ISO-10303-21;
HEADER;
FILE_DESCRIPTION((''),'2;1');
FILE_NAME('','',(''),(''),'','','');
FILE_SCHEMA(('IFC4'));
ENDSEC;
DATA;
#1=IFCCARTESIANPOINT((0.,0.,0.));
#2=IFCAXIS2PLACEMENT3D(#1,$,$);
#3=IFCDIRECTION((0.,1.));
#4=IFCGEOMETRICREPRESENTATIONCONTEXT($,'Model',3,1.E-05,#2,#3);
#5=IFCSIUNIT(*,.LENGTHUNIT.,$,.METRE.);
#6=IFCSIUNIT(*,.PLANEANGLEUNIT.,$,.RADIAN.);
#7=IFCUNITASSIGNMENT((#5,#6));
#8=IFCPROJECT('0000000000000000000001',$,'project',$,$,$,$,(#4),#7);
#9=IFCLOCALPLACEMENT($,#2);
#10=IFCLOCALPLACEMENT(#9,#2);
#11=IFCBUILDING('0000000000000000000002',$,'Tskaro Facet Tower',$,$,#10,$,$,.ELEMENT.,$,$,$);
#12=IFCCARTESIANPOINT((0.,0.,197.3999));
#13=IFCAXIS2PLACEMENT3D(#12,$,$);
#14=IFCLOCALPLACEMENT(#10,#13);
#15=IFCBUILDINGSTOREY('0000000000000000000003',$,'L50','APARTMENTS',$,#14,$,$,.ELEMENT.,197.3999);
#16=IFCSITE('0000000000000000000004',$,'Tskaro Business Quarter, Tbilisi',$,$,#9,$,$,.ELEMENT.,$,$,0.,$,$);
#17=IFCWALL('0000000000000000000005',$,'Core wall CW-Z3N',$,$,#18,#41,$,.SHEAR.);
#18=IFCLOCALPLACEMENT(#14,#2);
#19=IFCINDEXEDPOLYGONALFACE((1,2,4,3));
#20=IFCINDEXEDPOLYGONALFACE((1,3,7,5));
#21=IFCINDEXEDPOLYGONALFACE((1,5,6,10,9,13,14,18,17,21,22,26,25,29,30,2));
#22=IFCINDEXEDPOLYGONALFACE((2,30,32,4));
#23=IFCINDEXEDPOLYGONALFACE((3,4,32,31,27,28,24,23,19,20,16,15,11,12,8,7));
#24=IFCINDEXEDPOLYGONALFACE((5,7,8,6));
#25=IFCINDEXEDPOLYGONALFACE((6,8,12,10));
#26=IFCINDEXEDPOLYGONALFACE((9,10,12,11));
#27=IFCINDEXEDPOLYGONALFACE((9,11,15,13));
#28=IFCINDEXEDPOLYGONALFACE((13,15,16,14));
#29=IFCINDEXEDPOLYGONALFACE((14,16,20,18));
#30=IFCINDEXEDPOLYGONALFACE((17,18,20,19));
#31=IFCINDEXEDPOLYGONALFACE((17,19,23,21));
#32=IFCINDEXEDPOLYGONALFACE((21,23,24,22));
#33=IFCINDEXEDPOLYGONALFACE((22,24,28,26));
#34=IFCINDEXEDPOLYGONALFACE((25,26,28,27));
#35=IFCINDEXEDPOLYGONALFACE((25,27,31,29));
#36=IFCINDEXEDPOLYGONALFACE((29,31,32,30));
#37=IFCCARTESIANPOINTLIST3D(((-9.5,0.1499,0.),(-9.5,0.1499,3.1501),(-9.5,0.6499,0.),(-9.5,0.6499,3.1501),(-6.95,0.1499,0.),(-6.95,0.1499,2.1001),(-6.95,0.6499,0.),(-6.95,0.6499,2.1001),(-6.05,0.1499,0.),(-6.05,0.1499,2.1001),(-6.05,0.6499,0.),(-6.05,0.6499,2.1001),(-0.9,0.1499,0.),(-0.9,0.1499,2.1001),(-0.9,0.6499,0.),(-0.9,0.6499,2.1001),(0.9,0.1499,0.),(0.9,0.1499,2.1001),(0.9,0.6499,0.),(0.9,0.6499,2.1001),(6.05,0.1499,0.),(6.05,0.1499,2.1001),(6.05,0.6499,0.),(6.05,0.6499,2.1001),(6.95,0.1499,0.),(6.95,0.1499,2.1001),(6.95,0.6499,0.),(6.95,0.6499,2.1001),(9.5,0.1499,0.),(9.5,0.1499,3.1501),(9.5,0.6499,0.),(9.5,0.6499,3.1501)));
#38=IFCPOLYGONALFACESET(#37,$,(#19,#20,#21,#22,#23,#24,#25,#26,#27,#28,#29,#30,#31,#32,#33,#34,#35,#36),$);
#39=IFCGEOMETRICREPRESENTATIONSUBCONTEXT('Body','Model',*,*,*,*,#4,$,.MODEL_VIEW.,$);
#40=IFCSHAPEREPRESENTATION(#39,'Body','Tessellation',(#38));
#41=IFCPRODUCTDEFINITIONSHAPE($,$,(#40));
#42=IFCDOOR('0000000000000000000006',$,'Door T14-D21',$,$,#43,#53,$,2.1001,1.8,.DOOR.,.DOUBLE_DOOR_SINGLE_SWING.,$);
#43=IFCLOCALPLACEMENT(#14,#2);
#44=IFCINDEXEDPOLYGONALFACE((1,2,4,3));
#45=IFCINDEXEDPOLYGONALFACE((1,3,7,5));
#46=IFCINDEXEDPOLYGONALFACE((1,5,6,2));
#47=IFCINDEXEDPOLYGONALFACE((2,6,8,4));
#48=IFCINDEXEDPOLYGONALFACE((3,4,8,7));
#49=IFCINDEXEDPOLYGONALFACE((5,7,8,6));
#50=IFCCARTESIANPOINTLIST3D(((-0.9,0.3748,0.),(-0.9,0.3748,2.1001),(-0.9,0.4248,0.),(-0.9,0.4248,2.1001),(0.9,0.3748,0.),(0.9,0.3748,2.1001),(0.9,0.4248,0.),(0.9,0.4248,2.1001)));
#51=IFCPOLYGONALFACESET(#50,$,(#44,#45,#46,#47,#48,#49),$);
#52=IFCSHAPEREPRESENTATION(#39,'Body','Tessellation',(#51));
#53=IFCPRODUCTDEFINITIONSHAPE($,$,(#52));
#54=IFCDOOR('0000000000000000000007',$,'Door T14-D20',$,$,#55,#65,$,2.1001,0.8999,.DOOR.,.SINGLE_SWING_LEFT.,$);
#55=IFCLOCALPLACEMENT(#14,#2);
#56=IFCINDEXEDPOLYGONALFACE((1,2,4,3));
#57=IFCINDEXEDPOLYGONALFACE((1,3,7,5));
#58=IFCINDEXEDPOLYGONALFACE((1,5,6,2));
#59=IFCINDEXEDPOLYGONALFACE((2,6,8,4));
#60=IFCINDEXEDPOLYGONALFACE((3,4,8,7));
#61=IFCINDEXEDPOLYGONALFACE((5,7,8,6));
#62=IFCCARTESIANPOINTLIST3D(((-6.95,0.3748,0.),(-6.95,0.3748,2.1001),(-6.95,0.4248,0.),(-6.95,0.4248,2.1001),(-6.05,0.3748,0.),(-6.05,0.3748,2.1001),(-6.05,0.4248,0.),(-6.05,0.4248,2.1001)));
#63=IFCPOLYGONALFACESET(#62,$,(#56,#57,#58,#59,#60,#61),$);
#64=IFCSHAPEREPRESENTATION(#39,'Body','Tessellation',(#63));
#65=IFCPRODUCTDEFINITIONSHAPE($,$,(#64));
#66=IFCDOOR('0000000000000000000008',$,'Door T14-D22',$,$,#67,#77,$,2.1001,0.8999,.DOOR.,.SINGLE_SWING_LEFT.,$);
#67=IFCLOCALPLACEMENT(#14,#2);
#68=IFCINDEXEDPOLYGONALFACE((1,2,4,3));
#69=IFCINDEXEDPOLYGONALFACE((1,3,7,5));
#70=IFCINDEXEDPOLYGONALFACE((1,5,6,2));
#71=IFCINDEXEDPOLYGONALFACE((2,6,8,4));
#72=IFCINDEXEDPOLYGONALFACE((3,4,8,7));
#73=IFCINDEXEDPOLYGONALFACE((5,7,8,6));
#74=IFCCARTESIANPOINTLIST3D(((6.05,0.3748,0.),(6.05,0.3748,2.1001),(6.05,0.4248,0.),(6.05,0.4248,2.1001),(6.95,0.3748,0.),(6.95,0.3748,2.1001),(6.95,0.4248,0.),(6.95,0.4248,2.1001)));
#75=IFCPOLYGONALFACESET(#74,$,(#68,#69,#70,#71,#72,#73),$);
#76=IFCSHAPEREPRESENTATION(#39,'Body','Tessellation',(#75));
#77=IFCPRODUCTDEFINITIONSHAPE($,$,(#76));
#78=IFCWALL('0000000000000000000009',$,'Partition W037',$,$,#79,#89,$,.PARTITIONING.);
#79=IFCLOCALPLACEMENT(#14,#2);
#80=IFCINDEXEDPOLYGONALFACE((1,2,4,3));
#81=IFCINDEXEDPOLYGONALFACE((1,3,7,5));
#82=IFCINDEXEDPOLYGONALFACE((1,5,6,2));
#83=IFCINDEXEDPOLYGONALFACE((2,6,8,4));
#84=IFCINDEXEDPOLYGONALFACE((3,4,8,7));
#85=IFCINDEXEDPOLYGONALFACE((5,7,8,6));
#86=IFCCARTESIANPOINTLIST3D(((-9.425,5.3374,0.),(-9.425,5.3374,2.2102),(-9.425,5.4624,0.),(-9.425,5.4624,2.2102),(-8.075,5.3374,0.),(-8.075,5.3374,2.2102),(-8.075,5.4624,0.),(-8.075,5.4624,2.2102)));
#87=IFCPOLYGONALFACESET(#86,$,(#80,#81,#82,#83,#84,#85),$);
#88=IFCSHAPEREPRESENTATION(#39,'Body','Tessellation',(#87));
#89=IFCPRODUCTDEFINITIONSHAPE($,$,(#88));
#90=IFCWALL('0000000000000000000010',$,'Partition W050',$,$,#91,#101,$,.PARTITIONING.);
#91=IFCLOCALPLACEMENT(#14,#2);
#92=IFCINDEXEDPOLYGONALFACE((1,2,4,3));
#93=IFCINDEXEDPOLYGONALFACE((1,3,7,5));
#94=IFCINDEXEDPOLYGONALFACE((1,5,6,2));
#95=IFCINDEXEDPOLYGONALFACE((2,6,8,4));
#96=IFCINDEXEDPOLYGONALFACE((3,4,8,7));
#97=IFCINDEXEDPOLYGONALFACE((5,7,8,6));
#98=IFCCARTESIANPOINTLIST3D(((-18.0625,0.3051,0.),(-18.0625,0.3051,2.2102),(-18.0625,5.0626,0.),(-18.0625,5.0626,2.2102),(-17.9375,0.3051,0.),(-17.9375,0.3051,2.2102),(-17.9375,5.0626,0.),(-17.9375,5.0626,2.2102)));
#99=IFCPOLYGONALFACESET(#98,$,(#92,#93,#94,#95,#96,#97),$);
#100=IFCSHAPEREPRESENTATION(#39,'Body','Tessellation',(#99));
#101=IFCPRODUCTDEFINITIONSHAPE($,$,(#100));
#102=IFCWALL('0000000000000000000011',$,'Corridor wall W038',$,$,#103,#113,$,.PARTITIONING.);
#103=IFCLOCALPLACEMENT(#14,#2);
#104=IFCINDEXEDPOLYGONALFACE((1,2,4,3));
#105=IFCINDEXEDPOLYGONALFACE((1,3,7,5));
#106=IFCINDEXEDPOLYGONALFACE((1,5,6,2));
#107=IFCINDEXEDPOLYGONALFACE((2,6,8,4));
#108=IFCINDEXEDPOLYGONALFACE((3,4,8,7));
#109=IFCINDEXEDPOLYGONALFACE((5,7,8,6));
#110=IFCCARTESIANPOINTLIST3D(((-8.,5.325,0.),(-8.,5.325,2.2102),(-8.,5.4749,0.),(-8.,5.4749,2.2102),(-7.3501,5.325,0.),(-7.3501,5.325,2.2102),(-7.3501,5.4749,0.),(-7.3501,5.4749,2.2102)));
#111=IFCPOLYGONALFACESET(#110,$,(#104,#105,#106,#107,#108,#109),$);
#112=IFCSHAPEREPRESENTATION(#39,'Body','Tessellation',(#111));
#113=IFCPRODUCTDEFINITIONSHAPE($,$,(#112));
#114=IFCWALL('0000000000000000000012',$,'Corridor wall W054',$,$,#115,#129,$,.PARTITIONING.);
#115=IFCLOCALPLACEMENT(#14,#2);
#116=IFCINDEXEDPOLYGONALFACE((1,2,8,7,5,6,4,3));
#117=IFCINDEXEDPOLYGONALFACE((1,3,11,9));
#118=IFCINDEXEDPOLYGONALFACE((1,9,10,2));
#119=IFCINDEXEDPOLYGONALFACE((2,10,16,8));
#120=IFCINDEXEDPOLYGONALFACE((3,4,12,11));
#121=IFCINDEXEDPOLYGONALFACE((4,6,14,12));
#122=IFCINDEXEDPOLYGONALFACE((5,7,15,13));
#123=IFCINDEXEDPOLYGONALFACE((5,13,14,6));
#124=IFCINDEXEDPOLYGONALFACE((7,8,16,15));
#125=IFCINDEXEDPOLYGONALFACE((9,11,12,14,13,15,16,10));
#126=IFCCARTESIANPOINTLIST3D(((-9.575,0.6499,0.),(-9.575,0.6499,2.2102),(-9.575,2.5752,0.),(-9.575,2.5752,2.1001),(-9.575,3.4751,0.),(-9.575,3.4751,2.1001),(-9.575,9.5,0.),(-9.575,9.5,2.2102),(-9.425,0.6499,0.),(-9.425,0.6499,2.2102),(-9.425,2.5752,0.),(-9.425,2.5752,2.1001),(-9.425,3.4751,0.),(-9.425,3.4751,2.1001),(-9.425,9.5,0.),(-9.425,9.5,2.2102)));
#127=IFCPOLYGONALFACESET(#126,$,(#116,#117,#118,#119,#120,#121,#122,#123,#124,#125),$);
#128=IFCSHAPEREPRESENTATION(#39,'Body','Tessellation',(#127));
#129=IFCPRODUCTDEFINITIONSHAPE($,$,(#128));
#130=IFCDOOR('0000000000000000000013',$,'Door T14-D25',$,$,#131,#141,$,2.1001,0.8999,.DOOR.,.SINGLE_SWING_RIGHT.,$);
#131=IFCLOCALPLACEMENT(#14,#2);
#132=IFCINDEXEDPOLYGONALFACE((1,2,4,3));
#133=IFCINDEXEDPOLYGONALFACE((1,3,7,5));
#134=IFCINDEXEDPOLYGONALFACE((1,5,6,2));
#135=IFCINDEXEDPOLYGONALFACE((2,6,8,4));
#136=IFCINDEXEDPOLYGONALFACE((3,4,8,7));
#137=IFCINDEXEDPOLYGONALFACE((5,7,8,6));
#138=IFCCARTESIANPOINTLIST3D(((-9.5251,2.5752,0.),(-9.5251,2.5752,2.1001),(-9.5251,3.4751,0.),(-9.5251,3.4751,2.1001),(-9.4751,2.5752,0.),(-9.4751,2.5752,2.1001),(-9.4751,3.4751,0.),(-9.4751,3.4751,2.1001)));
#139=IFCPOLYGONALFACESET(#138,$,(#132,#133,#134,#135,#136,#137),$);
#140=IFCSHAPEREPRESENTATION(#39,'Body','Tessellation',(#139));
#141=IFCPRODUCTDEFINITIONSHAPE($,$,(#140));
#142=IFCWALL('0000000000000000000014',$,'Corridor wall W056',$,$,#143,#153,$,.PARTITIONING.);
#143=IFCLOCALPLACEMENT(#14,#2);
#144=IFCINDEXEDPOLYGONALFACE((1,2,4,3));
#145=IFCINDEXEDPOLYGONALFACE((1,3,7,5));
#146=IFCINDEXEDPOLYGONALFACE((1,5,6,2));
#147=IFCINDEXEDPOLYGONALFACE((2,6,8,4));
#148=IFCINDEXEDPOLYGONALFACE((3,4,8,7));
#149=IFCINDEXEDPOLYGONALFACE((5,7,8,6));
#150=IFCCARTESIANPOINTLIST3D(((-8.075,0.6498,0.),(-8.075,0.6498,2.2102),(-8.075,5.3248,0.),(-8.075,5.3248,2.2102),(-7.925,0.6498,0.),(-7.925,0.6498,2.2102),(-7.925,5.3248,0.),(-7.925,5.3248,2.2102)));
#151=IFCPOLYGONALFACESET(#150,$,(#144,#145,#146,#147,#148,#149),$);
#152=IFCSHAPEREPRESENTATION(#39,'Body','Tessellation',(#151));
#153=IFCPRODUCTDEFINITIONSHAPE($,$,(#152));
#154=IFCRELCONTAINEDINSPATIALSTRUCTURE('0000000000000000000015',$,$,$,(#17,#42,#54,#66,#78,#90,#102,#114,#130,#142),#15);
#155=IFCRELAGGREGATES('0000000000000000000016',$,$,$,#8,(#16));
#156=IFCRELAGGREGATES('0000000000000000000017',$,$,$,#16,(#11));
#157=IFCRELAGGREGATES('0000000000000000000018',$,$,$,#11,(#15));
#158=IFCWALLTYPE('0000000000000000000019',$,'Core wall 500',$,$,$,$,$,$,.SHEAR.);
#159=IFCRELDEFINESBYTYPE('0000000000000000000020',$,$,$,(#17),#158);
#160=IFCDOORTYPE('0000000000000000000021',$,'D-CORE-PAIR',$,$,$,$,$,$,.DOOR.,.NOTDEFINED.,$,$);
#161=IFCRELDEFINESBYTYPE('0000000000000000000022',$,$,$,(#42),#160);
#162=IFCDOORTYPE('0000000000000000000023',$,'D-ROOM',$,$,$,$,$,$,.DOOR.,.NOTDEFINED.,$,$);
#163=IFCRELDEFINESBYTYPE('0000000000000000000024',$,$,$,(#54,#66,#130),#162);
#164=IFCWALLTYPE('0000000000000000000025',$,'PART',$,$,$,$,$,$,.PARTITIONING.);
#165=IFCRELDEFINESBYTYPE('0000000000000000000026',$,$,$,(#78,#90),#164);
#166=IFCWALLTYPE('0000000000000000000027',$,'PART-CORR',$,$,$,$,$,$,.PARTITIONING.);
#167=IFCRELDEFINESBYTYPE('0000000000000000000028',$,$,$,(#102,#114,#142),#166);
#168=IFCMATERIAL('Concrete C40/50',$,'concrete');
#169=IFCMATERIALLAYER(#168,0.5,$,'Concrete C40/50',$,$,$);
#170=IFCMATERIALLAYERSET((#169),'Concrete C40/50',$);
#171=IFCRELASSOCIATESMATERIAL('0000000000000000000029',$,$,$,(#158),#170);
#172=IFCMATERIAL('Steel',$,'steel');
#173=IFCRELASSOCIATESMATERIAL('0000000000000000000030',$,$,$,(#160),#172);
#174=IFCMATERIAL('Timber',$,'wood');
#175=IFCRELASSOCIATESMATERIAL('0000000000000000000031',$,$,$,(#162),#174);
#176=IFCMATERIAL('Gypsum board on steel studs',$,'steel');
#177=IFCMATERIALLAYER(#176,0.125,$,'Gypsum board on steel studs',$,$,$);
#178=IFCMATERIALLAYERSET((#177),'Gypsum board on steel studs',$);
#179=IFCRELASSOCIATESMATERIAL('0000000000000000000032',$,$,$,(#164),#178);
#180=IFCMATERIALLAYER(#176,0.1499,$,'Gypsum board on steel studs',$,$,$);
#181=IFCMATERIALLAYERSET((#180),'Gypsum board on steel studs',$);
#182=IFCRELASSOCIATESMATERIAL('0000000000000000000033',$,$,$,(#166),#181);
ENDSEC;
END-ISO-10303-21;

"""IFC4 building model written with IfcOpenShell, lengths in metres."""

from ifc_helpers import new_model, si_unit, direction, frame, frame_2d, origin, place, context, subcontext, project, spatial, rectangle, extrude, material, layer, layer_set, type_object, element, fill, save


model = new_model("IFC4")

# Units and contexts
model_context = context("Model", 3, precision=1e-05, world=origin(), true_north=direction((0.0, 1.0)))
body_context = subcontext(model_context, "Body", "Model", "MODEL_VIEW")
ifc_project = project(units=[si_unit("LENGTHUNIT", "METRE"), si_unit("PLANEANGLEUNIT", "RADIAN")], contexts=[model_context])

# Site, building, storey
site_placement = place(None, origin())
site = spatial("IfcSite", under=ifc_project, at=site_placement, Name="Tskaro Business Quarter, Tbilisi", CompositionType="ELEMENT", RefElevation=0.0)
building_placement = place(site_placement, origin())
building = spatial("IfcBuilding", under=site, at=building_placement, Name="Tskaro Facet Tower", CompositionType="ELEMENT")
storey_placement = place(building_placement, frame((0.0, 0.0, 197.3999)))
storey = spatial("IfcBuildingStorey", under=building, at=storey_placement, Name="L50", Description="APARTMENTS", CompositionType="ELEMENT", Elevation=197.3999)

# Wall, openings, doors
ifc_material_1 = material(Name="Concrete C40/50", Category="concrete")
ifc_layer_1 = layer(ifc_material_1, 0.5, Name="Concrete C40/50")
ifc_layer_set_1 = layer_set([ifc_layer_1], Name="Concrete C40/50")
wall_type_1 = type_object("IfcWallType", Name="Core wall 500", PredefinedType="SHEAR", material=ifc_layer_set_1)
wall_1_placement = place(storey_placement, frame((-9.5, 0.3999, 0.0), z_axis=(0.0, 0.0, 1.0), x_axis=(1.0, 0.0, 0.0)))
wall_1 = element("IfcWall", 1, at=wall_1_placement, inside=storey, type_object=wall_type_1, Name="Core wall CW-Z3N", PredefinedType="SHEAR", context=body_context, shape_type="SweptSolid", body=[
    extrude(rectangle(XDim=19.0, YDim=0.5, at=frame_2d((9.5, 0.0))), origin(), (0.0, 0.0, 1.0), 3.1501),
])
opening_1_placement = place(wall_1_placement, frame((8.6001, 0.0, 0.0)))
opening_1 = element("IfcOpeningElement", 2, at=opening_1_placement, cuts=wall_1, PredefinedType="OPENING", context=body_context, shape_type="SweptSolid", body=[
    extrude(rectangle(XDim=1.8, YDim=2.1001, at=frame_2d((0.8999, 1.05))), frame((0.0, 0.26, 0.0), z_axis=(0.0, -1.0, 0.0), x_axis=(1.0, 0.0, 0.0)), (0.0, 0.0, 1.0), 0.52),
])
opening_2_placement = place(wall_1_placement, frame((2.55, 0.0, 0.0)))
opening_2 = element("IfcOpeningElement", 3, at=opening_2_placement, cuts=wall_1, PredefinedType="OPENING", context=body_context, shape_type="SweptSolid", body=[
    extrude(rectangle(XDim=0.8999, YDim=2.1001, at=frame_2d((0.45, 1.05))), frame((0.0, 0.26, 0.0), z_axis=(0.0, -1.0, 0.0), x_axis=(1.0, 0.0, 0.0)), (0.0, 0.0, 1.0), 0.52),
])
opening_3_placement = place(wall_1_placement, frame((15.55, 0.0, 0.0)))
opening_3 = element("IfcOpeningElement", 4, at=opening_3_placement, cuts=wall_1, PredefinedType="OPENING", context=body_context, shape_type="SweptSolid", body=[
    extrude(rectangle(XDim=0.8999, YDim=2.1001, at=frame_2d((0.45, 1.05))), frame((0.0, 0.26, 0.0), z_axis=(0.0, -1.0, 0.0), x_axis=(1.0, 0.0, 0.0)), (0.0, 0.0, 1.0), 0.52),
])
ifc_material_2 = material(Name="Steel", Category="steel")
door_type_1 = type_object("IfcDoorType", Name="D-CORE-PAIR", OperationType="NOTDEFINED", PredefinedType="DOOR", material=ifc_material_2)
door_1_placement = place(opening_1_placement, origin())
door_1 = element("IfcDoor", 5, at=door_1_placement, inside=storey, type_object=door_type_1, Name="Door T14-D21", OperationType="DOUBLE_DOOR_SINGLE_SWING", OverallHeight=2.1001, OverallWidth=1.8, PredefinedType="DOOR", context=body_context, shape_type="SweptSolid", body=[
    extrude(rectangle(XDim=1.8, YDim=2.1001, at=frame_2d((0.8999, 1.05))), frame((0.0, 0.0249, 0.0), z_axis=(0.0, -1.0, 0.0), x_axis=(1.0, 0.0, 0.0)), (0.0, 0.0, 1.0), 0.05),
])
fill(opening_1, door_1)
ifc_material_3 = material(Name="Timber", Category="wood")
door_type_2 = type_object("IfcDoorType", Name="D-ROOM", OperationType="NOTDEFINED", PredefinedType="DOOR", material=ifc_material_3)
door_2_placement = place(opening_2_placement, origin())
door_2 = element("IfcDoor", 6, at=door_2_placement, inside=storey, type_object=door_type_2, Name="Door T14-D20", OperationType="SINGLE_SWING_LEFT", OverallHeight=2.1001, OverallWidth=0.8999, PredefinedType="DOOR", context=body_context, shape_type="SweptSolid", body=[
    extrude(rectangle(XDim=0.8999, YDim=2.1001, at=frame_2d((0.45, 1.05))), frame((0.0, 0.0249, 0.0), z_axis=(0.0, -1.0, 0.0), x_axis=(1.0, 0.0, 0.0)), (0.0, 0.0, 1.0), 0.05),
])
fill(opening_2, door_2)
door_3_placement = place(opening_3_placement, origin())
door_3 = element("IfcDoor", 7, at=door_3_placement, inside=storey, type_object=door_type_2, Name="Door T14-D22", OperationType="SINGLE_SWING_LEFT", OverallHeight=2.1001, OverallWidth=0.8999, PredefinedType="DOOR", context=body_context, shape_type="SweptSolid", body=[
    extrude(rectangle(XDim=0.8999, YDim=2.1001, at=frame_2d((0.45, 1.05))), frame((0.0, 0.0249, 0.0), z_axis=(0.0, -1.0, 0.0), x_axis=(1.0, 0.0, 0.0)), (0.0, 0.0, 1.0), 0.05),
])
fill(opening_3, door_3)

# Walls
ifc_material_4 = material(Name="Gypsum board on steel studs", Category="steel")
ifc_layer_2 = layer(ifc_material_4, 0.125, Name="Gypsum board on steel studs")
ifc_layer_set_2 = layer_set([ifc_layer_2], Name="Gypsum board on steel studs")
wall_type_2 = type_object("IfcWallType", Name="PART", PredefinedType="PARTITIONING", material=ifc_layer_set_2)
wall_2_placement = place(storey_placement, frame((-9.425, 5.3999, 0.0), z_axis=(0.0, 0.0, 1.0), x_axis=(1.0, 0.0, 0.0)))
element("IfcWall", 8, at=wall_2_placement, inside=storey, type_object=wall_type_2, Name="Partition W037", PredefinedType="PARTITIONING", context=body_context, shape_type="SweptSolid", body=[
    extrude(rectangle(XDim=1.3501, YDim=0.125, at=frame_2d((0.675, 0.0))), origin(), (0.0, 0.0, 1.0), 2.2102),
])
wall_3_placement = place(storey_placement, frame((-18.0, 0.3049, 0.0), z_axis=(0.0, 0.0, 1.0), x_axis=(0.0, 1.0, 0.0)))
element("IfcWall", 9, at=wall_3_placement, inside=storey, type_object=wall_type_2, Name="Partition W050", PredefinedType="PARTITIONING", context=body_context, shape_type="SweptSolid", body=[
    extrude(rectangle(XDim=4.7576, YDim=0.125, at=frame_2d((2.3789, 0.0))), origin(), (0.0, 0.0, 1.0), 2.2102),
])
ifc_layer_3 = layer(ifc_material_4, 0.1499, Name="Gypsum board on steel studs")
ifc_layer_set_3 = layer_set([ifc_layer_3], Name="Gypsum board on steel studs")
wall_type_3 = type_object("IfcWallType", Name="PART-CORR", PredefinedType="PARTITIONING", material=ifc_layer_set_3)
wall_4_placement = place(storey_placement, frame((-8.0, 5.3999, 0.0), z_axis=(0.0, 0.0, 1.0), x_axis=(1.0, 0.0, 0.0)))
element("IfcWall", 10, at=wall_4_placement, inside=storey, type_object=wall_type_3, Name="Corridor wall W038", PredefinedType="PARTITIONING", context=body_context, shape_type="SweptSolid", body=[
    extrude(rectangle(XDim=0.6499, YDim=0.1499, at=frame_2d((0.325, 0.0))), origin(), (0.0, 0.0, 1.0), 2.2102),
])

# Wall, opening, door
wall_5_placement = place(storey_placement, frame((-9.5, 9.5, 0.0), z_axis=(0.0, 0.0, 1.0), x_axis=(0.0, -1.0, 0.0)))
wall_5 = element("IfcWall", 11, at=wall_5_placement, inside=storey, type_object=wall_type_3, Name="Corridor wall W054", PredefinedType="PARTITIONING", context=body_context, shape_type="SweptSolid", body=[
    extrude(rectangle(XDim=8.8501, YDim=0.1499, at=frame_2d((4.425, 0.0))), origin(), (0.0, 0.0, 1.0), 2.2102),
])
opening_4_placement = place(wall_5_placement, frame((6.0249, 0.0, 0.0)))
opening_4 = element("IfcOpeningElement", 12, at=opening_4_placement, cuts=wall_5, PredefinedType="OPENING", context=body_context, shape_type="SweptSolid", body=[
    extrude(rectangle(XDim=0.8999, YDim=2.1001, at=frame_2d((0.45, 1.05))), frame((0.0, 0.085, 0.0), z_axis=(0.0, -1.0, 0.0), x_axis=(1.0, 0.0, 0.0)), (0.0, 0.0, 1.0), 0.1699),
])
door_4_placement = place(opening_4_placement, origin())
door_4 = element("IfcDoor", 13, at=door_4_placement, inside=storey, type_object=door_type_2, Name="Door T14-D25", OperationType="SINGLE_SWING_RIGHT", OverallHeight=2.1001, OverallWidth=0.8999, PredefinedType="DOOR", context=body_context, shape_type="SweptSolid", body=[
    extrude(rectangle(XDim=0.8999, YDim=2.1001, at=frame_2d((0.45, 1.05))), frame((0.0, 0.0249, 0.0), z_axis=(0.0, -1.0, 0.0), x_axis=(1.0, 0.0, 0.0)), (0.0, 0.0, 1.0), 0.05),
])
fill(opening_4, door_4)

# Wall
wall_6_placement = place(storey_placement, frame((-8.0, 0.6499, 0.0), z_axis=(0.0, 0.0, 1.0), x_axis=(0.0, 1.0, 0.0)))
element("IfcWall", 14, at=wall_6_placement, inside=storey, type_object=wall_type_3, Name="Corridor wall W056", PredefinedType="PARTITIONING", context=body_context, shape_type="SweptSolid", body=[
    extrude(rectangle(XDim=4.675, YDim=0.1499, at=frame_2d((2.3374, 0.0))), origin(), (0.0, 0.0, 1.0), 2.2102),
])

save(model, "model.ifc")
